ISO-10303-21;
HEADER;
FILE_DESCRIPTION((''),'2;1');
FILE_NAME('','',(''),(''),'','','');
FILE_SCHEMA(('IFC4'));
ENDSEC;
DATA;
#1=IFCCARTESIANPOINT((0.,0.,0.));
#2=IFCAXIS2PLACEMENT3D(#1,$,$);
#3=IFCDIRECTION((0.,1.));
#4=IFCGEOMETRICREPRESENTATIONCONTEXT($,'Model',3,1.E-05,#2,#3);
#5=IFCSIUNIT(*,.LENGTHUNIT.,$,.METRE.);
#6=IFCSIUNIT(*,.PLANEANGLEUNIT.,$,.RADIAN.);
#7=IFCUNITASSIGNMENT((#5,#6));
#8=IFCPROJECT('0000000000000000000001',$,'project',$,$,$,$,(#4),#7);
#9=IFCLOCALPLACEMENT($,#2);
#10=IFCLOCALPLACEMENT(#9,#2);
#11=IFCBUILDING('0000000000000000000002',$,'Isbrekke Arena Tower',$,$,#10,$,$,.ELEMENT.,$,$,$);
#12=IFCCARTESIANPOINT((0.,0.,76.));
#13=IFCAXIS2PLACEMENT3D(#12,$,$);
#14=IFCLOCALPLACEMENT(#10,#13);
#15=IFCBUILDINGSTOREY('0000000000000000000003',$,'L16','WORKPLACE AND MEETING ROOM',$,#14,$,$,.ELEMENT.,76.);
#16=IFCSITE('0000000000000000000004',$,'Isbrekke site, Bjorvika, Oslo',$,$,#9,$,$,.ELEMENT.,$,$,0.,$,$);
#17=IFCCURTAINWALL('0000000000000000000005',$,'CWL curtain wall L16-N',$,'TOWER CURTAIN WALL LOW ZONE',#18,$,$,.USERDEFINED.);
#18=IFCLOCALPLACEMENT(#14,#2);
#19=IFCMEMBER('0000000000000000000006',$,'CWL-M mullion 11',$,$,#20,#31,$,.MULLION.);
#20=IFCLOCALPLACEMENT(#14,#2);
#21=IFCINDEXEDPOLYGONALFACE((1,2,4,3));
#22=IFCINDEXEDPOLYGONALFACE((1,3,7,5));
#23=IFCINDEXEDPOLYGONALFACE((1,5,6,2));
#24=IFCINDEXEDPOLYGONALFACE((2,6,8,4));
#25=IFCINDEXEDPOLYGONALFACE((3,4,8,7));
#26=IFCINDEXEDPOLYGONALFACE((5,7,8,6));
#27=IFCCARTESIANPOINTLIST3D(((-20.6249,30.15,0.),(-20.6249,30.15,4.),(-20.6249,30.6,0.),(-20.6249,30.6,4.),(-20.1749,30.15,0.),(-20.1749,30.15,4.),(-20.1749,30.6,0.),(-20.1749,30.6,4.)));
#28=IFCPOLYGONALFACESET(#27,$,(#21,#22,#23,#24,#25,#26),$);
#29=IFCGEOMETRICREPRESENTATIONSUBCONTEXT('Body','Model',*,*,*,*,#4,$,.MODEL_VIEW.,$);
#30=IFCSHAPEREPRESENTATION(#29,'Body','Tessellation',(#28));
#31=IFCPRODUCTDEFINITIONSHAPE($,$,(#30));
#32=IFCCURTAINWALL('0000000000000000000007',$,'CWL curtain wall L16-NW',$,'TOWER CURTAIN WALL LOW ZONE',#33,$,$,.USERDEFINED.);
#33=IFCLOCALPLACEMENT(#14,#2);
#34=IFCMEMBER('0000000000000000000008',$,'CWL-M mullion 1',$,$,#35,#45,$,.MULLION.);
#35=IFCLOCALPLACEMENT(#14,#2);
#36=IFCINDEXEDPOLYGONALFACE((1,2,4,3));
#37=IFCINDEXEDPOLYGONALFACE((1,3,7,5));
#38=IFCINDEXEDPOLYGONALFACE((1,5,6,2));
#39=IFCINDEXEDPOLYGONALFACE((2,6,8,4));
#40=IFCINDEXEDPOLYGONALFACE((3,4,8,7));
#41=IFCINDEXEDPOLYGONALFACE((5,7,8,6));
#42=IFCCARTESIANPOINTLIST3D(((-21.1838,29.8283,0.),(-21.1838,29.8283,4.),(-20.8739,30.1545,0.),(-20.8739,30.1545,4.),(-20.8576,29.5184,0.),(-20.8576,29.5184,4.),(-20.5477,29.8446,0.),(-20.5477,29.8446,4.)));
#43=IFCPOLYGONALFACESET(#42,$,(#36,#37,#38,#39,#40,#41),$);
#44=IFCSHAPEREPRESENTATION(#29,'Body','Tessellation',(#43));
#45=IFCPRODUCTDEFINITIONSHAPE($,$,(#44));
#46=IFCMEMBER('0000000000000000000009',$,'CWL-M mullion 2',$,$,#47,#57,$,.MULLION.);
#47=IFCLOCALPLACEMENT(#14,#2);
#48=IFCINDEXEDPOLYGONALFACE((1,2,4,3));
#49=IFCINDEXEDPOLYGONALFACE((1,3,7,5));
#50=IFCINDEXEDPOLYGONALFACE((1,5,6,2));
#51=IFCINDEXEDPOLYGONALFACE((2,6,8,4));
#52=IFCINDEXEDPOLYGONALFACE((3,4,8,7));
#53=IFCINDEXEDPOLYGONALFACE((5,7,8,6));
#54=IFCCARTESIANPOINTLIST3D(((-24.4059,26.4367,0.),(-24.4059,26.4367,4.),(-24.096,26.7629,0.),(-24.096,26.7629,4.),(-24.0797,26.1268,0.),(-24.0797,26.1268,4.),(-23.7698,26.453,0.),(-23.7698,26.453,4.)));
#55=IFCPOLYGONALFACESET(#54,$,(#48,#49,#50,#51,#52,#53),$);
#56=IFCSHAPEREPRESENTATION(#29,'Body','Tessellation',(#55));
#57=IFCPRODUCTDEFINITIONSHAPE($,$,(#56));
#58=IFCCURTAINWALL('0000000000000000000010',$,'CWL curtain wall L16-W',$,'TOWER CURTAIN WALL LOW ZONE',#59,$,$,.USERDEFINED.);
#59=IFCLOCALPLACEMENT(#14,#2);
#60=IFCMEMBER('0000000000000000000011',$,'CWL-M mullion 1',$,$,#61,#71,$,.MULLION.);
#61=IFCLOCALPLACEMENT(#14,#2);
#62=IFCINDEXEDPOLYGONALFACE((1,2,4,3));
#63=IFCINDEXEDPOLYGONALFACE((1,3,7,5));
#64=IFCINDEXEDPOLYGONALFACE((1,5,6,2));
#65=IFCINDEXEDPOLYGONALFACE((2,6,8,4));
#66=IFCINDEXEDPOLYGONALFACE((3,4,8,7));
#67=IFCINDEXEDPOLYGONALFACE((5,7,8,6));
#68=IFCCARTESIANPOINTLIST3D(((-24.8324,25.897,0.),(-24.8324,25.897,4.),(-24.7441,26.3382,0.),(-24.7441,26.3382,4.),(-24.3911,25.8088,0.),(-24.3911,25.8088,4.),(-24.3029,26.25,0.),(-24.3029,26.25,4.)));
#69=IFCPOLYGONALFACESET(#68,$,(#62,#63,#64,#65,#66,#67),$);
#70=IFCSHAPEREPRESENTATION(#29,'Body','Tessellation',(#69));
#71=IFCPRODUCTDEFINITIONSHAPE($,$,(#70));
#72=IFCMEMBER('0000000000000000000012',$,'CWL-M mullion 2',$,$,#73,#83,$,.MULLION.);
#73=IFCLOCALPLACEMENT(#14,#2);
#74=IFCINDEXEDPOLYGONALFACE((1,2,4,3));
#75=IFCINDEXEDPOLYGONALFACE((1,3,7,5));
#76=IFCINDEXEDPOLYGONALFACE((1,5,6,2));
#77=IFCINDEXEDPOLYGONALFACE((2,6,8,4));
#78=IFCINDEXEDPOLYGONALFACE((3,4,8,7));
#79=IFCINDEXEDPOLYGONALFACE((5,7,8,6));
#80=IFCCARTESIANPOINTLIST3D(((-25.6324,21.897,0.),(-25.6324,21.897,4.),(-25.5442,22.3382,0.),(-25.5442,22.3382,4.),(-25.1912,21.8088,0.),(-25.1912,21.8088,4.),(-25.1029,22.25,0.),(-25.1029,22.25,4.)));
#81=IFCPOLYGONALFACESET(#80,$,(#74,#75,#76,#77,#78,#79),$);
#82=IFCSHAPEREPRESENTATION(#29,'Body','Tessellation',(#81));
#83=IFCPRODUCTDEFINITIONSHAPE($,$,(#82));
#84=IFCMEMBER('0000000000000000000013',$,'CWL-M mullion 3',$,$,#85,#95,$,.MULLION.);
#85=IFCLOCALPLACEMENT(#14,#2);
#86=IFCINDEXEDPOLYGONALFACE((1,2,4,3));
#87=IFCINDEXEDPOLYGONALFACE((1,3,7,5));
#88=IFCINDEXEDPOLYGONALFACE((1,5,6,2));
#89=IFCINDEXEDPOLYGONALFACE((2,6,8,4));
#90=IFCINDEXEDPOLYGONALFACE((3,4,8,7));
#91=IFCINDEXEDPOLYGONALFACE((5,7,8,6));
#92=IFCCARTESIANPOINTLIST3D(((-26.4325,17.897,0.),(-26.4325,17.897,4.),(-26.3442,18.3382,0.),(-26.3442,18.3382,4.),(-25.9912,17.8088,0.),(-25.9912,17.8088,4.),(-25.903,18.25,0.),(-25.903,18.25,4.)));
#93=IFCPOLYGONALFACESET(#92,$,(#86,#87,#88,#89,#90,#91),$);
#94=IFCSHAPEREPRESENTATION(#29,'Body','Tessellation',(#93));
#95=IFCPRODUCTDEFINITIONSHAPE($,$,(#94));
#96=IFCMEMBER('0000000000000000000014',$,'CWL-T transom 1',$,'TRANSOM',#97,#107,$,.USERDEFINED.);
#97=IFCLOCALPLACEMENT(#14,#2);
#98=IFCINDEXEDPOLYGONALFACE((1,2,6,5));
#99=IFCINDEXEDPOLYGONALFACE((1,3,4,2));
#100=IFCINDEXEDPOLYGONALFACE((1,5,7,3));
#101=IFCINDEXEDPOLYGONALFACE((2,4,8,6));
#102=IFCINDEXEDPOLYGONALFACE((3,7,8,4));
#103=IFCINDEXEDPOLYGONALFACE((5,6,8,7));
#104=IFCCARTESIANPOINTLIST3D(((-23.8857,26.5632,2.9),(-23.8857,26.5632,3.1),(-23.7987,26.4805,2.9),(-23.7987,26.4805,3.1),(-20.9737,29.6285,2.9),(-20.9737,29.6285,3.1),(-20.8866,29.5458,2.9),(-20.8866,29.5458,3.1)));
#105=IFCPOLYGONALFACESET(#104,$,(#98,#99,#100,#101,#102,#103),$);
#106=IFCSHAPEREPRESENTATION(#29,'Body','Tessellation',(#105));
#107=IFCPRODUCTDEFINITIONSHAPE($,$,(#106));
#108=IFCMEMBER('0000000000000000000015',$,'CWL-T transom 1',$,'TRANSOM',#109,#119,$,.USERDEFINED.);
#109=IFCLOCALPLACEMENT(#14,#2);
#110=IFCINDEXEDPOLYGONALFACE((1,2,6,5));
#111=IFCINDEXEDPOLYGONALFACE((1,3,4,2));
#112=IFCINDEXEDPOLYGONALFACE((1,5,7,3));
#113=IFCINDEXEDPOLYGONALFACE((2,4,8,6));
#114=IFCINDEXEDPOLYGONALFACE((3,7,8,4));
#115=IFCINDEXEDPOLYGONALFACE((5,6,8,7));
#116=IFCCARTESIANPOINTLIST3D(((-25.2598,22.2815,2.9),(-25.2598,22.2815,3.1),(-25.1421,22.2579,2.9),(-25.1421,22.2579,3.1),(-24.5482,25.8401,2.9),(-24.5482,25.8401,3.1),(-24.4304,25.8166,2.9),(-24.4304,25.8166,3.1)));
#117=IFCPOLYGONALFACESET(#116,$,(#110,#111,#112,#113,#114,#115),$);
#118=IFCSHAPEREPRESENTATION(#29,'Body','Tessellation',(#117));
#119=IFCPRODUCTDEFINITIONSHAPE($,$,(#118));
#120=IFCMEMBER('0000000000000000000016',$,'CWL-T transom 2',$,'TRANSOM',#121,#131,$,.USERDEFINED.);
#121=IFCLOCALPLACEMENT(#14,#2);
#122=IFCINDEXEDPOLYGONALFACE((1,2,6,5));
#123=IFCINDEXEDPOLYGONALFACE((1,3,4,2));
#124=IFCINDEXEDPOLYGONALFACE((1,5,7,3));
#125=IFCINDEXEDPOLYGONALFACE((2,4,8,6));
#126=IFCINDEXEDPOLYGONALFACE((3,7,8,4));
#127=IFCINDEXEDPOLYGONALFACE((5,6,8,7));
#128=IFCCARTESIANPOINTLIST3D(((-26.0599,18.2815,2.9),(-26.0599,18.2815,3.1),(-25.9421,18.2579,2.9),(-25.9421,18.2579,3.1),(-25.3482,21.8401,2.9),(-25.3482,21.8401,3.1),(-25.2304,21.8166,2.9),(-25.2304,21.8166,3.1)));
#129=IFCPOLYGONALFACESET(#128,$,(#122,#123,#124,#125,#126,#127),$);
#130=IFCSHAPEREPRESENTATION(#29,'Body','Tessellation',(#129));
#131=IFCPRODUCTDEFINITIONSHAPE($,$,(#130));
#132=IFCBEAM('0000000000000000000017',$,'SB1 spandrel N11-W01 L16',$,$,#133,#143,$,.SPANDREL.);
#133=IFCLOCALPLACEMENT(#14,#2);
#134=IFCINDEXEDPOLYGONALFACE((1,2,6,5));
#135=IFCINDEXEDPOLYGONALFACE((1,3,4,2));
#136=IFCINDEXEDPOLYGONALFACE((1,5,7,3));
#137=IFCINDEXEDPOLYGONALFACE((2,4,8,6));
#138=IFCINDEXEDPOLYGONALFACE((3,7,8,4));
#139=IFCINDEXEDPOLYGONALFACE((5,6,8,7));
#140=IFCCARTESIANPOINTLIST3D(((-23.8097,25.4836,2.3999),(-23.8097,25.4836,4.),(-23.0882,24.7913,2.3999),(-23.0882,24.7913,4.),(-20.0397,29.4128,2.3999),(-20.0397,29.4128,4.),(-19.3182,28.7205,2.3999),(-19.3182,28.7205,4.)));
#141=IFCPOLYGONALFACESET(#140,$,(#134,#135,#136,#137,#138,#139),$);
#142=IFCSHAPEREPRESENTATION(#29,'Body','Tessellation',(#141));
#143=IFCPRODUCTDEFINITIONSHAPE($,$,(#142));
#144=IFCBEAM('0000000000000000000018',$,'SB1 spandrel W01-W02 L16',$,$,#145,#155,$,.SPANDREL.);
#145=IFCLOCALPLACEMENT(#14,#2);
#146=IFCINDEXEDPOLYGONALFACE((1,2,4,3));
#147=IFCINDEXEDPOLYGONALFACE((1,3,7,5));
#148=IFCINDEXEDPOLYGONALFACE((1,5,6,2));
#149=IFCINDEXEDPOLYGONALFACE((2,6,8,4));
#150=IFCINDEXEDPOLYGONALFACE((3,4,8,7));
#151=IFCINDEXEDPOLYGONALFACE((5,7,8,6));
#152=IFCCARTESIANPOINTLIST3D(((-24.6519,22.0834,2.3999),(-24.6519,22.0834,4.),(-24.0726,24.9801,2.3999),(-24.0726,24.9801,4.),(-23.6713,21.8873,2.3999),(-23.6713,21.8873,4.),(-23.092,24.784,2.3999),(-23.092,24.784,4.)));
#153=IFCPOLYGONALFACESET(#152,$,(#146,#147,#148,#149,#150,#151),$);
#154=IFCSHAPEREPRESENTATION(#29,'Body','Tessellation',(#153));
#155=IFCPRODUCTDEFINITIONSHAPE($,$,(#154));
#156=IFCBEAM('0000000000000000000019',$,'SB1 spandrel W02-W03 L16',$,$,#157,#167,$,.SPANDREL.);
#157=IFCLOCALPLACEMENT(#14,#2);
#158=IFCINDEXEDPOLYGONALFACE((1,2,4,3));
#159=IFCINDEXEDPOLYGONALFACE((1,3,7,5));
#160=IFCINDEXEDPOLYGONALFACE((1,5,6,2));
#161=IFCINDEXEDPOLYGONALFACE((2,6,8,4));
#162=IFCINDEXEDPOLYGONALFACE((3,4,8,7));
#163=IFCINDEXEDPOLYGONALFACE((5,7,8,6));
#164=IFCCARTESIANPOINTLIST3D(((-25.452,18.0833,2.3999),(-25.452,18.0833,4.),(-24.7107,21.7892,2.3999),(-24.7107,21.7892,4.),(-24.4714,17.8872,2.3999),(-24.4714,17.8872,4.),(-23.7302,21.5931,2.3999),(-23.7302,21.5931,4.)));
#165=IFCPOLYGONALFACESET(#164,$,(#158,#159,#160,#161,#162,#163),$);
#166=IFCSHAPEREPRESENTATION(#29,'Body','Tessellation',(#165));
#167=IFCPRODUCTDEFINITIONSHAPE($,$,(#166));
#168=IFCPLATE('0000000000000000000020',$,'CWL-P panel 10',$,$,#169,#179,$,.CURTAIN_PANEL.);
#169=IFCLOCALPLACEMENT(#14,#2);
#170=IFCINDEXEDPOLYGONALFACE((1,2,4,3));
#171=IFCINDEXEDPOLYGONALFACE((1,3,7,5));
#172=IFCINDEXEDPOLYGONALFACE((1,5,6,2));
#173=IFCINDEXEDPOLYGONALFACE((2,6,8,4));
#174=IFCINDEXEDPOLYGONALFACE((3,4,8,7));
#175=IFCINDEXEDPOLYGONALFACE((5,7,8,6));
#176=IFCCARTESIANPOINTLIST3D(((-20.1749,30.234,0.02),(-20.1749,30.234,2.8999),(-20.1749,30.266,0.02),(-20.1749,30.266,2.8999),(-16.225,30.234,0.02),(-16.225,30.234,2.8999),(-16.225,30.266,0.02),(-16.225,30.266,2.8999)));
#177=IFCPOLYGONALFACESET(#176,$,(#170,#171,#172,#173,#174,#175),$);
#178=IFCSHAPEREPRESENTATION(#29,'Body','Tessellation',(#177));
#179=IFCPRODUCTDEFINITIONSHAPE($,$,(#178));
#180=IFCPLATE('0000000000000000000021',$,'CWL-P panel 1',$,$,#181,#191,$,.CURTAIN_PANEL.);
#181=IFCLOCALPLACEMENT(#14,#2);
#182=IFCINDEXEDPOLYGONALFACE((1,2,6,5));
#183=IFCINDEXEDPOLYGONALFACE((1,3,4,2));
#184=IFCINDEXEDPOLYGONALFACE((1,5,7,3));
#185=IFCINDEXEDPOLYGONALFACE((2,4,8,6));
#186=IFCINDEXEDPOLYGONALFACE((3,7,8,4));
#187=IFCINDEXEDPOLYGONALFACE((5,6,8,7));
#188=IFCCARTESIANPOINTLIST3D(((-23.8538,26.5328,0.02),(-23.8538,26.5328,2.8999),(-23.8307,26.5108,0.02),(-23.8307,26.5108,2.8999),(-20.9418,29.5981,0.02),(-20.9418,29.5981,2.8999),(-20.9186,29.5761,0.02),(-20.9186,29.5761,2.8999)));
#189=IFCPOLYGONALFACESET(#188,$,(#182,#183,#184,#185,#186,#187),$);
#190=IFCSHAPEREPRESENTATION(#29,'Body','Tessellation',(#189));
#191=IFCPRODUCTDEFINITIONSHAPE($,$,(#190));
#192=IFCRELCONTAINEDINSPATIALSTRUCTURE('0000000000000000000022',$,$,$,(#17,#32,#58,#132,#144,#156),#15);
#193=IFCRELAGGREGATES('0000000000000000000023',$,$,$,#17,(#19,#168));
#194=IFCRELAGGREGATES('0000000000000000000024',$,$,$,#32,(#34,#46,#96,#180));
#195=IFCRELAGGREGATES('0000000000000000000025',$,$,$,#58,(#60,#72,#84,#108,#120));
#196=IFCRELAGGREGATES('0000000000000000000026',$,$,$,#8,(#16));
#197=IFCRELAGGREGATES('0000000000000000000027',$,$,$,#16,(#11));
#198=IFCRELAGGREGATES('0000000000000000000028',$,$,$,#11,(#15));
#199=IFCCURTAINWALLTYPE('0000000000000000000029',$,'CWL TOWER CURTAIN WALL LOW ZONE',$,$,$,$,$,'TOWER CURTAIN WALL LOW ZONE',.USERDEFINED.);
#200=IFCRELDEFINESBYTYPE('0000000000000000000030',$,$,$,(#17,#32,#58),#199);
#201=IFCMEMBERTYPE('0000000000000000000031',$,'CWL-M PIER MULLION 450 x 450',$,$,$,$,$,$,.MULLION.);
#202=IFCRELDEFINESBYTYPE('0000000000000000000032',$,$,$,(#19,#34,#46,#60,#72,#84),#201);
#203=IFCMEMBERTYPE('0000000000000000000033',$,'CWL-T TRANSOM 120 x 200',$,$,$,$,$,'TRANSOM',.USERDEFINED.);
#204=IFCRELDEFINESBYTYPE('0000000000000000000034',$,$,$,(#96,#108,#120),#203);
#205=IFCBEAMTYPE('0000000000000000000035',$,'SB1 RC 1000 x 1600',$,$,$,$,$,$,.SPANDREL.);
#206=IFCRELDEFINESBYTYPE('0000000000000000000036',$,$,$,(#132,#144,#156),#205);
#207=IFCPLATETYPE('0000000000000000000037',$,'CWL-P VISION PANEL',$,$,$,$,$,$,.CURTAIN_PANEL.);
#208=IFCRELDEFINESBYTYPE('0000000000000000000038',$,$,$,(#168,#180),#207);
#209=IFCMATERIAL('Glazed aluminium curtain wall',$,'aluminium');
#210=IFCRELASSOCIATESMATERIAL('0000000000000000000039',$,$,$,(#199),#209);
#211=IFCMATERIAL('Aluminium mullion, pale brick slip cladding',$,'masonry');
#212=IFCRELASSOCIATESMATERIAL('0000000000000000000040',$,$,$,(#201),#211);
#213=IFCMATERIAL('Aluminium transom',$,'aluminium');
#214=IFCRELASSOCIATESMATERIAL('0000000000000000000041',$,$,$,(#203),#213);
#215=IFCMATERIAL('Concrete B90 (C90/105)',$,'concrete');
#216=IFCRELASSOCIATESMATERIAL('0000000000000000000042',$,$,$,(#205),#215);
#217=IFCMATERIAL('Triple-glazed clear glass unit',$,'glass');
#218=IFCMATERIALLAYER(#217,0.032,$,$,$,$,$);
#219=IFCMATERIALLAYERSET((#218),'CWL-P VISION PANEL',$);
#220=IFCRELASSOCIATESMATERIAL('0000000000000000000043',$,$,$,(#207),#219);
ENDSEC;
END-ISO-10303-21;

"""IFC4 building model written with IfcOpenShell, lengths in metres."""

from ifc_helpers import new_model, si_unit, direction, frame, origin, origin_2d, place, context, subcontext, project, spatial, rectangle, extrude, material, layer, layer_set, material_profile, profile_set, type_object, element, aggregate, save


model = new_model("IFC4")

# Units and contexts
model_context = context("Model", 3, precision=1e-05, world=origin(), true_north=direction((0.0, 1.0)))
body_context = subcontext(model_context, "Body", "Model", "MODEL_VIEW")
ifc_project = project(units=[si_unit("LENGTHUNIT", "METRE"), si_unit("PLANEANGLEUNIT", "RADIAN")], contexts=[model_context])

# Site, building, storey
site_placement = place(None, origin())
site = spatial("IfcSite", under=ifc_project, at=site_placement, Name="Isbrekke site, Bjorvika, Oslo", CompositionType="ELEMENT", RefElevation=0.0)
building_placement = place(site_placement, origin())
building = spatial("IfcBuilding", under=site, at=building_placement, Name="Isbrekke Arena Tower", CompositionType="ELEMENT")
storey_placement = place(building_placement, frame((0.0, 0.0, 76.0)))
storey = spatial("IfcBuildingStorey", under=building, at=storey_placement, Name="L16", Description="WORKPLACE AND MEETING ROOM", CompositionType="ELEMENT", Elevation=76.0)

# Curtain wall, member
ifc_material_1 = material(Name="Glazed aluminium curtain wall", Category="aluminium")
curtain_wall_type = type_object("IfcCurtainWallType", Name="CWL TOWER CURTAIN WALL LOW ZONE", ElementType="TOWER CURTAIN WALL LOW ZONE", PredefinedType="USERDEFINED", material=ifc_material_1)
curtain_wall_1_placement = place(storey_placement, origin())
curtain_wall_1 = element("IfcCurtainWall", 1, at=curtain_wall_1_placement, inside=storey, type_object=curtain_wall_type, Name="CWL curtain wall L16-N", ObjectType="TOWER CURTAIN WALL LOW ZONE", PredefinedType="USERDEFINED")
ifc_material_2 = material(Name="Aluminium mullion, pale brick slip cladding", Category="masonry")
ifc_material_profile_1 = material_profile(ifc_material_2, rectangle(XDim=0.45, YDim=0.45, at=origin_2d()), Name="PIER 450X450")
ifc_profile_set_1 = profile_set([ifc_material_profile_1], Name="Aluminium mullion, pale brick slip cladding")
member_type_1 = type_object("IfcMemberType", Name="CWL-M PIER MULLION 450 x 450", PredefinedType="MULLION", material=ifc_profile_set_1)
member_1_placement = place(storey_placement, frame((-20.3999, 30.375, 0.0), z_axis=(0.0, 0.0, 1.0), x_axis=(-1.0, 0.0, 0.0)))
member_1 = element("IfcMember", 2, at=member_1_placement, type_object=member_type_1, Name="CWL-M mullion 11", PredefinedType="MULLION", context=body_context, shape_type="SweptSolid", body=[
    extrude(rectangle(XDim=0.45, YDim=0.45, at=origin_2d()), origin(), (0.0, 0.0, 1.0), 4.0),
])

# Curtain walls, members
curtain_wall_2_placement = place(storey_placement, origin())
curtain_wall_2 = element("IfcCurtainWall", 3, at=curtain_wall_2_placement, inside=storey, type_object=curtain_wall_type, Name="CWL curtain wall L16-NW", ObjectType="TOWER CURTAIN WALL LOW ZONE", PredefinedType="USERDEFINED")
member_2_placement = place(storey_placement, frame((-20.8657, 29.8364, 0.0), z_axis=(0.0, 0.0, 1.0), x_axis=(-0.688749, -0.724999, 0.0)))
member_2 = element("IfcMember", 4, at=member_2_placement, type_object=member_type_1, Name="CWL-M mullion 1", PredefinedType="MULLION", context=body_context, shape_type="SweptSolid", body=[
    extrude(rectangle(XDim=0.45, YDim=0.45, at=origin_2d()), origin(), (0.0, 0.0, 1.0), 4.0),
])
member_3_placement = place(storey_placement, frame((-24.0879, 26.4448, 0.0), z_axis=(0.0, 0.0, 1.0), x_axis=(-0.688749, -0.724999, 0.0)))
member_3 = element("IfcMember", 5, at=member_3_placement, type_object=member_type_1, Name="CWL-M mullion 2", PredefinedType="MULLION", context=body_context, shape_type="SweptSolid", body=[
    extrude(rectangle(XDim=0.45, YDim=0.45, at=origin_2d()), origin(), (0.0, 0.0, 1.0), 4.0),
])
curtain_wall_3_placement = place(storey_placement, origin())
curtain_wall_3 = element("IfcCurtainWall", 6, at=curtain_wall_3_placement, inside=storey, type_object=curtain_wall_type, Name="CWL curtain wall L16-W", ObjectType="TOWER CURTAIN WALL LOW ZONE", PredefinedType="USERDEFINED")
member_4_placement = place(storey_placement, frame((-24.5676, 26.0735, 0.0), z_axis=(0.0, 0.0, 1.0), x_axis=(-0.196116, -0.980581, 0.0)))
member_4 = element("IfcMember", 7, at=member_4_placement, type_object=member_type_1, Name="CWL-M mullion 1", PredefinedType="MULLION", context=body_context, shape_type="SweptSolid", body=[
    extrude(rectangle(XDim=0.45, YDim=0.45, at=origin_2d()), origin(), (0.0, 0.0, 1.0), 4.0),
])
member_5_placement = place(storey_placement, frame((-25.3677, 22.0735, 0.0), z_axis=(0.0, 0.0, 1.0), x_axis=(-0.196116, -0.980581, 0.0)))
member_5 = element("IfcMember", 8, at=member_5_placement, type_object=member_type_1, Name="CWL-M mullion 2", PredefinedType="MULLION", context=body_context, shape_type="SweptSolid", body=[
    extrude(rectangle(XDim=0.45, YDim=0.45, at=origin_2d()), origin(), (0.0, 0.0, 1.0), 4.0),
])
member_6_placement = place(storey_placement, frame((-26.1677, 18.0735, 0.0), z_axis=(0.0, 0.0, 1.0), x_axis=(-0.196116, -0.980581, 0.0)))
member_6 = element("IfcMember", 9, at=member_6_placement, type_object=member_type_1, Name="CWL-M mullion 3", PredefinedType="MULLION", context=body_context, shape_type="SweptSolid", body=[
    extrude(rectangle(XDim=0.45, YDim=0.45, at=origin_2d()), origin(), (0.0, 0.0, 1.0), 4.0),
])

# Members
ifc_material_3 = material(Name="Aluminium transom", Category="aluminium")
ifc_material_profile_2 = material_profile(ifc_material_3, rectangle(XDim=0.1201, YDim=0.2, at=origin_2d()), Name="TRANSOM 120X200")
ifc_profile_set_2 = profile_set([ifc_material_profile_2], Name="Aluminium transom")
member_type_2 = type_object("IfcMemberType", Name="CWL-T TRANSOM 120 x 200", ElementType="TRANSOM", PredefinedType="USERDEFINED", material=ifc_profile_set_2)
member_7_placement = place(storey_placement, frame((-20.9302, 29.5872, 3.0), z_axis=(-0.688743, -0.725005, 0.0), x_axis=(0.725005, -0.688743, 0.0)))
member_7 = element("IfcMember", 10, at=member_7_placement, type_object=member_type_2, Name="CWL-T transom 1", ObjectType="TRANSOM", PredefinedType="USERDEFINED", context=body_context, shape_type="SweptSolid", body=[
    extrude(rectangle(XDim=0.1201, YDim=0.2, at=origin_2d()), origin(), (0.0, 0.0, 1.0), 4.228),
])
member_8_placement = place(storey_placement, frame((-24.4893, 25.8284, 3.0), z_axis=(-0.196103, -0.980583, 0.0), x_axis=(0.980583, -0.196103, 0.0)))
member_8 = element("IfcMember", 11, at=member_8_placement, type_object=member_type_2, Name="CWL-T transom 1", ObjectType="TRANSOM", PredefinedType="USERDEFINED", context=body_context, shape_type="SweptSolid", body=[
    extrude(rectangle(XDim=0.1201, YDim=0.2, at=origin_2d()), origin(), (0.0, 0.0, 1.0), 3.6292),
])
member_9_placement = place(storey_placement, frame((-25.2893, 21.8284, 3.0), z_axis=(-0.196103, -0.980583, 0.0), x_axis=(0.980583, -0.196103, 0.0)))
member_9 = element("IfcMember", 12, at=member_9_placement, type_object=member_type_2, Name="CWL-T transom 2", ObjectType="TRANSOM", PredefinedType="USERDEFINED", context=body_context, shape_type="SweptSolid", body=[
    extrude(rectangle(XDim=0.1201, YDim=0.2, at=origin_2d()), origin(), (0.0, 0.0, 1.0), 3.6292),
])

# Beams
ifc_material_4 = material(Name="Concrete B90 (C90/105)", Category="concrete")
ifc_material_profile_3 = material_profile(ifc_material_4, rectangle(XDim=1.0, YDim=1.6001, at=origin_2d()), Name="RC 1000x1600")
ifc_profile_set_3 = profile_set([ifc_material_profile_3], Name="Concrete B90 (C90/105)")
beam_type_1 = type_object("IfcBeamType", Name="SB1 RC 1000 x 1600", PredefinedType="SPANDREL", material=ifc_profile_set_3)
beam_1_placement = place(storey_placement, frame((-19.679, 29.0667, 3.2), z_axis=(-0.69234, -0.721572, 0.0), x_axis=(0.721572, -0.69234, 0.0)))
element("IfcBeam", 13, at=beam_1_placement, inside=storey, type_object=beam_type_1, Name="SB1 spandrel N11-W01 L16", PredefinedType="SPANDREL", context=body_context, shape_type="SweptSolid", body=[
    extrude(rectangle(XDim=1.0, YDim=1.6001, at=origin_2d()), origin(), (0.0, 0.0, 1.0), 5.4453),
])
beam_2_placement = place(storey_placement, frame((-23.5823, 24.8821, 3.2), z_axis=(-0.196116, -0.980581, 0.0), x_axis=(0.980581, -0.196116, 0.0)))
element("IfcBeam", 14, at=beam_2_placement, inside=storey, type_object=beam_type_1, Name="SB1 spandrel W01-W02 L16", PredefinedType="SPANDREL", context=body_context, shape_type="SweptSolid", body=[
    extrude(rectangle(XDim=1.0, YDim=1.6001, at=origin_2d()), origin(), (0.0, 0.0, 1.0), 2.9541),
])
beam_3_placement = place(storey_placement, frame((-24.2205, 21.6912, 3.2), z_axis=(-0.196129, -0.980578, 0.0), x_axis=(0.980578, -0.196129, 0.0)))
element("IfcBeam", 15, at=beam_3_placement, inside=storey, type_object=beam_type_1, Name="SB1 spandrel W02-W03 L16", PredefinedType="SPANDREL", context=body_context, shape_type="SweptSolid", body=[
    extrude(rectangle(XDim=1.0, YDim=1.6001, at=origin_2d()), origin(), (0.0, 0.0, 1.0), 3.7793),
])

# Plates
ifc_material_5 = material(Name="Triple-glazed clear glass unit", Category="glass")
ifc_layer_1 = layer(ifc_material_5, 0.032)
ifc_layer_set_1 = layer_set([ifc_layer_1], Name="CWL-P VISION PANEL")
plate_type = type_object("IfcPlateType", Name="CWL-P VISION PANEL", PredefinedType="CURTAIN_PANEL", material=ifc_layer_set_1)
plate_1_placement = place(storey_placement, frame((-18.2, 30.25, 0.02), z_axis=(0.0, 0.0, 1.0), x_axis=(-1.0, 0.0, 0.0)))
plate_1 = element("IfcPlate", 16, at=plate_1_placement, type_object=plate_type, Name="CWL-P panel 10", PredefinedType="CURTAIN_PANEL", context=body_context, shape_type="SweptSolid", body=[
    extrude(rectangle(XDim=3.95, YDim=0.032, at=origin_2d()), origin(), (0.0, 0.0, 1.0), 2.8799),
])
aggregate(curtain_wall_1, [member_1, plate_1])
plate_2_placement = place(storey_placement, frame((-22.3862, 28.0544, 0.02), z_axis=(0.0, 0.0, 1.0), x_axis=(-0.688749, -0.724999, 0.0)))
plate_2 = element("IfcPlate", 17, at=plate_2_placement, type_object=plate_type, Name="CWL-P panel 1", PredefinedType="CURTAIN_PANEL", context=body_context, shape_type="SweptSolid", body=[
    extrude(rectangle(XDim=4.228, YDim=0.032, at=origin_2d()), origin(), (0.0, 0.0, 1.0), 2.8799),
])
aggregate(curtain_wall_2, [member_2, member_3, member_7, plate_2])
aggregate(curtain_wall_3, [member_4, member_5, member_6, member_8, member_9])

save(model, "model.ifc")
